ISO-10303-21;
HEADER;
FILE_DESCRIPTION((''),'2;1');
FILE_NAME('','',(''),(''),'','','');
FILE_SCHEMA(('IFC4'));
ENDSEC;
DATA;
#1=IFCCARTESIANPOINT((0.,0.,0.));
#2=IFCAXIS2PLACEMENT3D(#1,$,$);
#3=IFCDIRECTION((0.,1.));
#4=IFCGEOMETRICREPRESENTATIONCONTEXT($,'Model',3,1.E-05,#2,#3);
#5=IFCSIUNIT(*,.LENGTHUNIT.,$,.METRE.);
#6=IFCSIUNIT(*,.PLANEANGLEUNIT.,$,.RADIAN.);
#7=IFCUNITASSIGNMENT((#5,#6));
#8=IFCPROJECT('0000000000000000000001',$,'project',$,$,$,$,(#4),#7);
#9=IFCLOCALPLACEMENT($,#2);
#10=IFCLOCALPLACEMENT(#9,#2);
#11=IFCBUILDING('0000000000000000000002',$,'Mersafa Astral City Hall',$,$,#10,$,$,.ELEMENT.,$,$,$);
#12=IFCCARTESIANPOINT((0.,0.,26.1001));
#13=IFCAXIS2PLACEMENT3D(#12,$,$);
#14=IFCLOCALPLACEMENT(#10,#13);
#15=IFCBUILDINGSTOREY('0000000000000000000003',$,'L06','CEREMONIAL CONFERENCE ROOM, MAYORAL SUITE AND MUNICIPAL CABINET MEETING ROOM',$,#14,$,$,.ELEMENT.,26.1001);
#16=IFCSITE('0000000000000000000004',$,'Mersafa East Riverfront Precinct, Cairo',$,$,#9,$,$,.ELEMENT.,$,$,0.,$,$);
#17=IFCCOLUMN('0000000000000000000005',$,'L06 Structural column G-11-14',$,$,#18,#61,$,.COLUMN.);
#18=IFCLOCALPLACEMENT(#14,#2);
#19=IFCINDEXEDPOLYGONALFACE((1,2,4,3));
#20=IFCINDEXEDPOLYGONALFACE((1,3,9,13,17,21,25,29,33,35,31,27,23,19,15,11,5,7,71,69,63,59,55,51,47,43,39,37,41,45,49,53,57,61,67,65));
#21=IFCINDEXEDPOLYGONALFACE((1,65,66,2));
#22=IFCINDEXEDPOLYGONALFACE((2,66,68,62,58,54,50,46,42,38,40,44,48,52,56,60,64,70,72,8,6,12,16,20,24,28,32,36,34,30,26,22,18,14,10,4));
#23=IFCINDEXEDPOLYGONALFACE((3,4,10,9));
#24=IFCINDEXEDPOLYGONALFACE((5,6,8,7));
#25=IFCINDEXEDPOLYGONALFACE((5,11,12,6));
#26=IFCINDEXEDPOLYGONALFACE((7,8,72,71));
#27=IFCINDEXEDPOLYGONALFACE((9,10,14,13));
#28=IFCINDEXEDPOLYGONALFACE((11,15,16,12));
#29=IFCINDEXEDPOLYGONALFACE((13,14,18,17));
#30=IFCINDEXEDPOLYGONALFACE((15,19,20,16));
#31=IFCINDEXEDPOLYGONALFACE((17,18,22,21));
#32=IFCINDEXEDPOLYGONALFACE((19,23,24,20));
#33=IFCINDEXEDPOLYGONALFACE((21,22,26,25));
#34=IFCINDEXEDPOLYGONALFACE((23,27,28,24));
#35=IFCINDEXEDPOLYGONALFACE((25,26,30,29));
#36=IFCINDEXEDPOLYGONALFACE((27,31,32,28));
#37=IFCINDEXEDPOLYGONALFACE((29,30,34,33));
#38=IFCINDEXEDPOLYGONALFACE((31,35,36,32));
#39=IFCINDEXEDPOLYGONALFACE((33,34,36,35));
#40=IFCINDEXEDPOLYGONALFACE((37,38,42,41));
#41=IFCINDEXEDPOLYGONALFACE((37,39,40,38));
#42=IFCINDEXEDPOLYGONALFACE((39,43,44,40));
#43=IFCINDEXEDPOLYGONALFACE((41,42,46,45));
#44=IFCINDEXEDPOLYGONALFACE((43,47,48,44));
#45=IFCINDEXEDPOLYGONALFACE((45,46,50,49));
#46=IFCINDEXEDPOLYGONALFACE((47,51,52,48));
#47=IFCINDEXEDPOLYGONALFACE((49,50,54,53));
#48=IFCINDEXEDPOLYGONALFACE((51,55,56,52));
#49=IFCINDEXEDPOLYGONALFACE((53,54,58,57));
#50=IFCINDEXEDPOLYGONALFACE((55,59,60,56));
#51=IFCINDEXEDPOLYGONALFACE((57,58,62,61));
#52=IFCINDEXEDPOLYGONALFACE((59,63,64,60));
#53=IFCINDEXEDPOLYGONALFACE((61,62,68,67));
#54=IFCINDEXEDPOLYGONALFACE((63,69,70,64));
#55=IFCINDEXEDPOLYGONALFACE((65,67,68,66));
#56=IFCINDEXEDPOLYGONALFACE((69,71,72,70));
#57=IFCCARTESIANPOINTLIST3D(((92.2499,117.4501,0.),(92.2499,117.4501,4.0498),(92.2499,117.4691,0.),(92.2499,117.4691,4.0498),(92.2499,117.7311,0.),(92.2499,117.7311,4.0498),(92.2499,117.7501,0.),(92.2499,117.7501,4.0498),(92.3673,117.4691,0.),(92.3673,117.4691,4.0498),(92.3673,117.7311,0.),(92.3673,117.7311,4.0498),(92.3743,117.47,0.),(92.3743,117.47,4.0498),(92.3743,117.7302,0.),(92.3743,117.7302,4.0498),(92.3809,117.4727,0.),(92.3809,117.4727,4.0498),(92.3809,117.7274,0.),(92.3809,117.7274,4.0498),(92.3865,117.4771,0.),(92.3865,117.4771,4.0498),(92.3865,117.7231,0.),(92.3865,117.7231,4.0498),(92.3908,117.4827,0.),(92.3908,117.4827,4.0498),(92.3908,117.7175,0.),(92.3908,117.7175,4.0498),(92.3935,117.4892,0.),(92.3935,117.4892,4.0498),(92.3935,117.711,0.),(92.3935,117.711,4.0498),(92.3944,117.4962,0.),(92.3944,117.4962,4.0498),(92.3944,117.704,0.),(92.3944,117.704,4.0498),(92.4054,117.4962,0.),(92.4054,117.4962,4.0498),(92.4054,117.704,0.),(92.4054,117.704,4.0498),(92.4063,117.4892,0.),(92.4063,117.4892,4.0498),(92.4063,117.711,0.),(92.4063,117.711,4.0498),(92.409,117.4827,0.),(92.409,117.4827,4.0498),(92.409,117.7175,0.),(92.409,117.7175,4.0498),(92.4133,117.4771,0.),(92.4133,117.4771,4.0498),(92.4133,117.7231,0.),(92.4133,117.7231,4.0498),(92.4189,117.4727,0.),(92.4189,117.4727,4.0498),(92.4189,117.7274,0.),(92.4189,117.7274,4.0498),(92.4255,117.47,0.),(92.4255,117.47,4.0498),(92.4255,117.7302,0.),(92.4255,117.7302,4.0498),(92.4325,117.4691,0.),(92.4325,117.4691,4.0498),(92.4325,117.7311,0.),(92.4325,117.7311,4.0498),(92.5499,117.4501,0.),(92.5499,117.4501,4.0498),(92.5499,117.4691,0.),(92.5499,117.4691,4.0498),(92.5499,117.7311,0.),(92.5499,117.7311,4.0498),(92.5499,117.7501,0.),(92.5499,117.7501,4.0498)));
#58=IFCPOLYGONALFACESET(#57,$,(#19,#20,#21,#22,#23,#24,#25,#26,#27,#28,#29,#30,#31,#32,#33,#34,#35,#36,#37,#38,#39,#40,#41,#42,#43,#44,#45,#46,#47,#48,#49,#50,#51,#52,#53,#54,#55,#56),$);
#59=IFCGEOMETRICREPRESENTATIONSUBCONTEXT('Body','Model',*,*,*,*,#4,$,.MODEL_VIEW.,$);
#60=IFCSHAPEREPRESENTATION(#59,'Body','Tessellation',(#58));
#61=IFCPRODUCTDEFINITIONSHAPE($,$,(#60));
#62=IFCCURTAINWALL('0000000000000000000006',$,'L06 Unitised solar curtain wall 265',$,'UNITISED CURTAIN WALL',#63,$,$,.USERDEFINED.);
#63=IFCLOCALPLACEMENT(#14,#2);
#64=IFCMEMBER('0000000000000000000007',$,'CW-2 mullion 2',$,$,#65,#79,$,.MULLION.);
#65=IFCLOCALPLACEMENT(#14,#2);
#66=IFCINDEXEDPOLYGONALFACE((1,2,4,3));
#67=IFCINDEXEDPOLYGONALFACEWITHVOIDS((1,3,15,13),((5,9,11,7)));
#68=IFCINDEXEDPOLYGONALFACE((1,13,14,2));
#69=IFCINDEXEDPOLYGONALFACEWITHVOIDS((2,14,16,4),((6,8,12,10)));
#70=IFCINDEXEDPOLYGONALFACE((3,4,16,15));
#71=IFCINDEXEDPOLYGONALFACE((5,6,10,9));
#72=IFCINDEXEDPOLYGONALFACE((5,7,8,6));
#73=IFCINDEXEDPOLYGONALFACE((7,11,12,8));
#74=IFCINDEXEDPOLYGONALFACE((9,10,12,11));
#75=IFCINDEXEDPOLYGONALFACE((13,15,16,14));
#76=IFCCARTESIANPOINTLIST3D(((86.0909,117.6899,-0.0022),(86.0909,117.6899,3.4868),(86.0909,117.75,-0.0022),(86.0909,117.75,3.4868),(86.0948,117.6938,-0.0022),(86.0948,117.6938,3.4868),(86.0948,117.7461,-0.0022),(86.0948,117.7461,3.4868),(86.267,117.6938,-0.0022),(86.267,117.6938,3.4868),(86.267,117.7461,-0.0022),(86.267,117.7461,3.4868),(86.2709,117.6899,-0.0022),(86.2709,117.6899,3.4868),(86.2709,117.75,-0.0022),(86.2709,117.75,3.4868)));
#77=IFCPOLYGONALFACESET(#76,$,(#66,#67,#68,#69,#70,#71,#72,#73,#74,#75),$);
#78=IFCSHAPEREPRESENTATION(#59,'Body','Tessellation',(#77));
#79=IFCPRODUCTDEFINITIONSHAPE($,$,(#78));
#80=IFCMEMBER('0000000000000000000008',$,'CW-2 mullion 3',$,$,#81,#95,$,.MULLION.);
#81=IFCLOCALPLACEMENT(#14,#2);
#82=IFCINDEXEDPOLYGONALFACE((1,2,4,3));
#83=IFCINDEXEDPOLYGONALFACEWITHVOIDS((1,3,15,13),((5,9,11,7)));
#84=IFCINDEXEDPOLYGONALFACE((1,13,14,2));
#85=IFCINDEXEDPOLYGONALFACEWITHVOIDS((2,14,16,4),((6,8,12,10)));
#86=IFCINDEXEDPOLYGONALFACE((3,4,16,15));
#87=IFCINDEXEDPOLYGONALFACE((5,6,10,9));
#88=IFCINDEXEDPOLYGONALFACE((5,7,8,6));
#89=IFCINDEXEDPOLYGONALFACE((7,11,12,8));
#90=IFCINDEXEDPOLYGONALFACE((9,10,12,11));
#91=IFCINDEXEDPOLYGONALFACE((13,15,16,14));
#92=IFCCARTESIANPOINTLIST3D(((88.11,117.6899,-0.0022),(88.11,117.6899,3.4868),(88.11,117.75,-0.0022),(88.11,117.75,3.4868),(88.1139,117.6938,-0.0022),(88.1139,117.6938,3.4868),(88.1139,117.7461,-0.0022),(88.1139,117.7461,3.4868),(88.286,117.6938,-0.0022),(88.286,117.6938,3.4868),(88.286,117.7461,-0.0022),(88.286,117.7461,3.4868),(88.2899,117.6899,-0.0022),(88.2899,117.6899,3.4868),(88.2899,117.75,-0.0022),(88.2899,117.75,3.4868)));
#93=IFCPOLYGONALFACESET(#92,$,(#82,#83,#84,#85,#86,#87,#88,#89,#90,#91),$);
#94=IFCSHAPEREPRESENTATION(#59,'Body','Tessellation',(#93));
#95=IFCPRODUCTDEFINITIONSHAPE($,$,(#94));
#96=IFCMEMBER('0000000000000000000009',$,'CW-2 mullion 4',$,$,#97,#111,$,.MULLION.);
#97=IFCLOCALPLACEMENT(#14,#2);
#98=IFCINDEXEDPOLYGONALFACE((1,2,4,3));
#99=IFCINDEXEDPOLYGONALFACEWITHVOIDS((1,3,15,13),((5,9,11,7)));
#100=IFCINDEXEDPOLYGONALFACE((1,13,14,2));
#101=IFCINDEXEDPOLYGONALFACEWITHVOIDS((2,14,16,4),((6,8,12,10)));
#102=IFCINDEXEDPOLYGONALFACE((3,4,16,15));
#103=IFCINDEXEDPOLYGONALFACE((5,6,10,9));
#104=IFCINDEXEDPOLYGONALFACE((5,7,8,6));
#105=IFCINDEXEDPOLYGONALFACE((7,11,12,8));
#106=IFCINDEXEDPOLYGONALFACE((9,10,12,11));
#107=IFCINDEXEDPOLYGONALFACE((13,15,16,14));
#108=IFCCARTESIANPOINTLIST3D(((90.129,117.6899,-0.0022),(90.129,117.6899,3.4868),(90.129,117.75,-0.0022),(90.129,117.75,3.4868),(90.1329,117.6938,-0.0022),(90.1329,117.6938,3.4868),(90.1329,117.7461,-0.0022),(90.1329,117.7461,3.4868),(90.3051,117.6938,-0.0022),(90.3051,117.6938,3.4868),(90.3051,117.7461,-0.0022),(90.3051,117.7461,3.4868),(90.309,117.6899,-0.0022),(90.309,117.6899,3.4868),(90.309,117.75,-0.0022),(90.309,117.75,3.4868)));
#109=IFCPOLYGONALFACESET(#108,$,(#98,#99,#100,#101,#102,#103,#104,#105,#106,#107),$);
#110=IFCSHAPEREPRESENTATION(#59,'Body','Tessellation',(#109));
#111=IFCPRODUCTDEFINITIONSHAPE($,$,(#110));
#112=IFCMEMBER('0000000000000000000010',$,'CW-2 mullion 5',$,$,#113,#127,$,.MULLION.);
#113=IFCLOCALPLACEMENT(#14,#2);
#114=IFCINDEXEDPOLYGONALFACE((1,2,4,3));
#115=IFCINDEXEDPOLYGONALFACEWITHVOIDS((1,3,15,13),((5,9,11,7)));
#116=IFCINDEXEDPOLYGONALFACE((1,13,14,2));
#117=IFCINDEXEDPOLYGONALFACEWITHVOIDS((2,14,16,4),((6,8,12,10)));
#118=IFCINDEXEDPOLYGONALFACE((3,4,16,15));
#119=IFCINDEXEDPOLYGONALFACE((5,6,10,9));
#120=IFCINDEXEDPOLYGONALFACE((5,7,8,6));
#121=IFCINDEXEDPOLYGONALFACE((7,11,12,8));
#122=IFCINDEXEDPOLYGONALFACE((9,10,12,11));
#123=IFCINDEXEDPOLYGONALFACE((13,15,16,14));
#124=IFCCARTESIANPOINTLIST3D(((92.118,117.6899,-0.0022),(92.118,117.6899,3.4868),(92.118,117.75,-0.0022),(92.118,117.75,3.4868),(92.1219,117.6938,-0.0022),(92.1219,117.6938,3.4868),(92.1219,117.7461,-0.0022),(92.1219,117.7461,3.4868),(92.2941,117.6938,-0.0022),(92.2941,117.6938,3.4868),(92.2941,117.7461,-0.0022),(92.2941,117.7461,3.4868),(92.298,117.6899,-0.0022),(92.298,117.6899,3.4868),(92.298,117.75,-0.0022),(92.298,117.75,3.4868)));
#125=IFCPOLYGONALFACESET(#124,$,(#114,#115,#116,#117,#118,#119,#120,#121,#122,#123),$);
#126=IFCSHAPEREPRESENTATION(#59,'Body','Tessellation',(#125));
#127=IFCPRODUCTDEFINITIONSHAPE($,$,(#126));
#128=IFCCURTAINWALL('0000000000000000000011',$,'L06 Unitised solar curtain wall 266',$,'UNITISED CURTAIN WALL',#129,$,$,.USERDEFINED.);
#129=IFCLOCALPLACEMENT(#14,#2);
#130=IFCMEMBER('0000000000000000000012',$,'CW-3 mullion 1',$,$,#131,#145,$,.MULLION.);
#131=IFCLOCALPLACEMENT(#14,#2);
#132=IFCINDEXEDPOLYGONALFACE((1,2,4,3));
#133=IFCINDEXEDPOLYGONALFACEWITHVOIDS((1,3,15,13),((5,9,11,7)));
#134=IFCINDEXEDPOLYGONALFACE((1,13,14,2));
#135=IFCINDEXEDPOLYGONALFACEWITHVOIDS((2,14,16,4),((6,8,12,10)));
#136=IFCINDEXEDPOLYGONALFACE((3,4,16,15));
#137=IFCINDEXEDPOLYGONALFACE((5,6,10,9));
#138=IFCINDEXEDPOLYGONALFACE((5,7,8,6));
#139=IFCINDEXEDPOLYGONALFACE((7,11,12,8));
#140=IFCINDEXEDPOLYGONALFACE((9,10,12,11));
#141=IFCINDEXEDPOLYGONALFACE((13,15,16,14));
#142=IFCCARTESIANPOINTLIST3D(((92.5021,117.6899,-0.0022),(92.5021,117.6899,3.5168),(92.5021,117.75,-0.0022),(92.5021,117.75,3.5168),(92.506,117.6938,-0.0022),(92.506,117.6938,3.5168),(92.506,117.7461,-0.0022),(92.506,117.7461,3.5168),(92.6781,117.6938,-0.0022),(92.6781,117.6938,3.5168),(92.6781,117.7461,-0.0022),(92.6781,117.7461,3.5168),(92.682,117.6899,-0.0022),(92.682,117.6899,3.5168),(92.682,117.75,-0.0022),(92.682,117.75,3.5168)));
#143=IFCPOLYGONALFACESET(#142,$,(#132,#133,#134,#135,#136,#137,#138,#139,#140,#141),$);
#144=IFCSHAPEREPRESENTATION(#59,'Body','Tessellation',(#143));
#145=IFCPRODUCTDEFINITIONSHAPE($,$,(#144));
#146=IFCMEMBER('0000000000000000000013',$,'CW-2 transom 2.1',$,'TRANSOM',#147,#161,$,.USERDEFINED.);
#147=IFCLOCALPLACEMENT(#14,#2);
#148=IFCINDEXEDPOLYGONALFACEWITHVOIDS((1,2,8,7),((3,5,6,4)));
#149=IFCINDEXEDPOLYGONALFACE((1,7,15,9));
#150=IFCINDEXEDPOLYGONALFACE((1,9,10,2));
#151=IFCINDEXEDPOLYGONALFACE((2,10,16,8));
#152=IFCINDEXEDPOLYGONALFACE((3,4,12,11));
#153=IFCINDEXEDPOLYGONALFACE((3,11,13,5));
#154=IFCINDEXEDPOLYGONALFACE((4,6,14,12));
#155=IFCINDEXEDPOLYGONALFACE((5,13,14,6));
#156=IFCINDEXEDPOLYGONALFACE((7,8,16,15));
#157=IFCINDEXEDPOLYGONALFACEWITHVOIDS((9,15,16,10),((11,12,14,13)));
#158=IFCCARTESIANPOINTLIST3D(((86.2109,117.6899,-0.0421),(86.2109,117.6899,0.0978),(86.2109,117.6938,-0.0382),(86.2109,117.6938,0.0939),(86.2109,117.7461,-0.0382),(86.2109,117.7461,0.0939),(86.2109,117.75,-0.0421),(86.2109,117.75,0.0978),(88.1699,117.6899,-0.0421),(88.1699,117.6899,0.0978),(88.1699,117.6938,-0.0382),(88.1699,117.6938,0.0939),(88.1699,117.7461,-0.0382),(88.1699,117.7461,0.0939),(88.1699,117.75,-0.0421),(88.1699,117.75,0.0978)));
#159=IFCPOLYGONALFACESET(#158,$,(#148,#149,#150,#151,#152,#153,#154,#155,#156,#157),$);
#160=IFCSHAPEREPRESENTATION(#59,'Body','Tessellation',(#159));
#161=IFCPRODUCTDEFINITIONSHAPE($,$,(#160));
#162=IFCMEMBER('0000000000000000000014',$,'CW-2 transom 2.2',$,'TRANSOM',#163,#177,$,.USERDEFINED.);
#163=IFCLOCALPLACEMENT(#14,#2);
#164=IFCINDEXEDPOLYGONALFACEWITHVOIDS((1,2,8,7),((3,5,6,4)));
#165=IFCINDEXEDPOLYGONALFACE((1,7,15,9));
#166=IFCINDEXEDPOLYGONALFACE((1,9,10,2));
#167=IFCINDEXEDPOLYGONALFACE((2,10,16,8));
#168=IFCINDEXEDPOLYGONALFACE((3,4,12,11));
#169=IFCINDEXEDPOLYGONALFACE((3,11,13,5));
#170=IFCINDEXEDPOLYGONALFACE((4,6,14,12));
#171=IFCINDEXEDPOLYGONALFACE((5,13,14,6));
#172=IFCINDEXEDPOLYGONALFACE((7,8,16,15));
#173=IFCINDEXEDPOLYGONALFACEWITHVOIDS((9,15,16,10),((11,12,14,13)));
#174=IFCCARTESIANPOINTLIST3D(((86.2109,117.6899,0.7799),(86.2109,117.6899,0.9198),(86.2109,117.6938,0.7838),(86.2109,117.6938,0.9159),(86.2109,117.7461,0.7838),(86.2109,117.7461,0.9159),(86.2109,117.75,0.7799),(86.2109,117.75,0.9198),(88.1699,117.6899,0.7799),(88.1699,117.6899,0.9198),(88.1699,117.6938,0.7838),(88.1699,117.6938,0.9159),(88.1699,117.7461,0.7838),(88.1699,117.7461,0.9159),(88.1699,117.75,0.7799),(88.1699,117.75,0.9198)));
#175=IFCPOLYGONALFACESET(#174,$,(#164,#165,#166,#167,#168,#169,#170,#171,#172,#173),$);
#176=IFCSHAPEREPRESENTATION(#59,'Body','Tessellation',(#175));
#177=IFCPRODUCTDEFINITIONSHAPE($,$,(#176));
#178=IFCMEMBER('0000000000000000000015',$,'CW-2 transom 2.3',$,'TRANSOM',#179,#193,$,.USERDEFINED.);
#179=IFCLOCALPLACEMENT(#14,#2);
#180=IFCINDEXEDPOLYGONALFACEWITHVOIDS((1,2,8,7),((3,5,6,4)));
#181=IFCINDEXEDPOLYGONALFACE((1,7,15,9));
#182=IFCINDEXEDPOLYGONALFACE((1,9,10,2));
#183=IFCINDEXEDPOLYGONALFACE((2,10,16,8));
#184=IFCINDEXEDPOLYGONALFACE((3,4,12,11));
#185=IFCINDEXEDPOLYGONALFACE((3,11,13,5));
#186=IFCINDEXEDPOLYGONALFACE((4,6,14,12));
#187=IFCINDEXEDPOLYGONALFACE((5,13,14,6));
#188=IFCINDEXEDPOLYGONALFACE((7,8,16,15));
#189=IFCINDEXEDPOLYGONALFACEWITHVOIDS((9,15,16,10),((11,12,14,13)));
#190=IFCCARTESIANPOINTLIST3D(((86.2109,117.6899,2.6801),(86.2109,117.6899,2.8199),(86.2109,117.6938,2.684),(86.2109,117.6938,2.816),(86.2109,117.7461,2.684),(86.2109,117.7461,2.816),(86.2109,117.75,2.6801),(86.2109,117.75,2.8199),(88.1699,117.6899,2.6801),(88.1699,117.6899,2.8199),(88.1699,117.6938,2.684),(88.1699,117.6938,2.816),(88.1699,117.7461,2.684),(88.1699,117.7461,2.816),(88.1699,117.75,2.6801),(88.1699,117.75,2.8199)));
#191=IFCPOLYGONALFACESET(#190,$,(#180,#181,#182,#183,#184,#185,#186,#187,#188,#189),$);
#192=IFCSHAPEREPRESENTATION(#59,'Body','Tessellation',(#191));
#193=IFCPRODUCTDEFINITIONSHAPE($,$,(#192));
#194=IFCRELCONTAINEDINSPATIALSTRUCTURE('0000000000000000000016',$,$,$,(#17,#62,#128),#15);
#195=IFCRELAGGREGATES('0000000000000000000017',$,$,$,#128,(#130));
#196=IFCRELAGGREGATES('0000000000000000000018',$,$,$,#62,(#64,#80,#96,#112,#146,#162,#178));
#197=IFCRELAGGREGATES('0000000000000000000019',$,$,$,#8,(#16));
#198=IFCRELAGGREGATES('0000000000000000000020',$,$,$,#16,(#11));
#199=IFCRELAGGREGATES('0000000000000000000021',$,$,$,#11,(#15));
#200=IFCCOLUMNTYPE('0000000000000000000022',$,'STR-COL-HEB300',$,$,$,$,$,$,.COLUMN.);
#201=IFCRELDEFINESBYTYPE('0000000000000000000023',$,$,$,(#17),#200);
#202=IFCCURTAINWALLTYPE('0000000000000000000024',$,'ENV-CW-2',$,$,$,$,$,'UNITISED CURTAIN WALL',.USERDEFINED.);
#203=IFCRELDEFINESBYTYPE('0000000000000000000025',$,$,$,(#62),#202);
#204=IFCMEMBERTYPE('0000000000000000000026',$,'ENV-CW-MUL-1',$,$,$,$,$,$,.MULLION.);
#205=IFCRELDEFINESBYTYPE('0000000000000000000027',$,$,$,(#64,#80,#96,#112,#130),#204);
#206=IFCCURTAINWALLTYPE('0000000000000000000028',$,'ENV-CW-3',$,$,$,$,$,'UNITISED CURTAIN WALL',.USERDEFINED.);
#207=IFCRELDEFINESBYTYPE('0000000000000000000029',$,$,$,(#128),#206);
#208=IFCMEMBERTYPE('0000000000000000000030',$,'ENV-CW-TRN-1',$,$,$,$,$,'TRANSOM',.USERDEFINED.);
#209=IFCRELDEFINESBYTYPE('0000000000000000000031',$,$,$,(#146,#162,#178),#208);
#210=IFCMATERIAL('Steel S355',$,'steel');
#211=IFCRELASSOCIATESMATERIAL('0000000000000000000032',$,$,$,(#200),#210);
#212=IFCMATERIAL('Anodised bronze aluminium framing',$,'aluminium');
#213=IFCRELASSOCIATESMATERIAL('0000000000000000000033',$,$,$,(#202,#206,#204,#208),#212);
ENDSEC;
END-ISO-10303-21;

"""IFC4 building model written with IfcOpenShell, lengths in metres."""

from ifc_helpers import new_model, si_unit, direction, frame, origin, origin_2d, place, context, subcontext, project, spatial, hollow_rectangle, i_section, extrude, material, material_profile, profile_set, type_object, element, aggregate, save


model = new_model("IFC4")

# Units and contexts
model_context = context("Model", 3, precision=1e-05, world=origin(), true_north=direction((0.0, 1.0)))
body_context = subcontext(model_context, "Body", "Model", "MODEL_VIEW")
ifc_project = project(units=[si_unit("LENGTHUNIT", "METRE"), si_unit("PLANEANGLEUNIT", "RADIAN")], contexts=[model_context])

# Site, building, storey
site_placement = place(None, origin())
site = spatial("IfcSite", under=ifc_project, at=site_placement, Name="Mersafa East Riverfront Precinct, Cairo", CompositionType="ELEMENT", RefElevation=0.0)
building_placement = place(site_placement, origin())
building = spatial("IfcBuilding", under=site, at=building_placement, Name="Mersafa Astral City Hall", CompositionType="ELEMENT")
storey_placement = place(building_placement, frame((0.0, 0.0, 26.1001)))
storey = spatial("IfcBuildingStorey", under=building, at=storey_placement, Name="L06", Description="CEREMONIAL CONFERENCE ROOM, MAYORAL SUITE AND MUNICIPAL CABINET MEETING ROOM", CompositionType="ELEMENT", Elevation=26.1001)

# Column
ifc_material_1 = material(Name="Steel S355", Category="steel")
ifc_material_profile_1 = material_profile(ifc_material_1, i_section(OverallWidth=0.3, OverallDepth=0.3, WebThickness=0.011, FlangeThickness=0.019, FilletRadius=0.0271, at=origin_2d()), Name="HEB 300")
ifc_profile_set_1 = profile_set([ifc_material_profile_1], Name="Steel S355")
column_type = type_object("IfcColumnType", Name="STR-COL-HEB300", PredefinedType="COLUMN", material=ifc_profile_set_1)
column_placement = place(storey_placement, frame((92.3999, 117.6001, 0.0), z_axis=(0.0, 0.0, 1.0), x_axis=(1.0, 0.0, 0.0)))
element("IfcColumn", 1, at=column_placement, inside=storey, type_object=column_type, Name="L06 Structural column G-11-14", PredefinedType="COLUMN", context=body_context, shape_type="SweptSolid", body=[
    extrude(i_section(OverallWidth=0.3, OverallDepth=0.3, WebThickness=0.011, FlangeThickness=0.019, FilletRadius=0.0271, at=origin_2d()), origin(), (0.0, 0.0, 1.0), 4.0498),
])

# Curtain wall, members
ifc_material_2 = material(Name="Anodised bronze aluminium framing", Category="aluminium")
curtain_wall_type_1 = type_object("IfcCurtainWallType", Name="ENV-CW-2", ElementType="UNITISED CURTAIN WALL", PredefinedType="USERDEFINED", material=ifc_material_2)
curtain_wall_1_placement = place(storey_placement, origin())
curtain_wall_1 = element("IfcCurtainWall", 2, at=curtain_wall_1_placement, inside=storey, type_object=curtain_wall_type_1, Name="L06 Unitised solar curtain wall 265", ObjectType="UNITISED CURTAIN WALL", PredefinedType="USERDEFINED")
ifc_material_profile_2 = material_profile(ifc_material_2, hollow_rectangle(XDim=0.0601, YDim=0.1799, WallThickness=0.0039, at=origin_2d()), Name="RHS 60x180x4")
ifc_profile_set_2 = profile_set([ifc_material_profile_2], Name="Anodised bronze aluminium framing")
member_type_1 = type_object("IfcMemberType", Name="ENV-CW-MUL-1", PredefinedType="MULLION", material=ifc_profile_set_2)
member_1_placement = place(storey_placement, frame((86.1809, 117.72, -0.0022), z_axis=(0.0, 0.0, 1.0), x_axis=(0.0, 1.0, 0.0)))
member_1 = element("IfcMember", 3, at=member_1_placement, type_object=member_type_1, Name="CW-2 mullion 2", PredefinedType="MULLION", context=body_context, shape_type="SweptSolid", body=[
    extrude(hollow_rectangle(XDim=0.0601, YDim=0.1799, WallThickness=0.0039, at=origin_2d()), origin(), (0.0, 0.0, 1.0), 3.489),
])
member_2_placement = place(storey_placement, frame((88.2, 117.72, -0.0022), z_axis=(0.0, 0.0, 1.0), x_axis=(0.0, 1.0, 0.0)))
member_2 = element("IfcMember", 4, at=member_2_placement, type_object=member_type_1, Name="CW-2 mullion 3", PredefinedType="MULLION", context=body_context, shape_type="SweptSolid", body=[
    extrude(hollow_rectangle(XDim=0.0601, YDim=0.1799, WallThickness=0.0039, at=origin_2d()), origin(), (0.0, 0.0, 1.0), 3.489),
])
member_3_placement = place(storey_placement, frame((90.219, 117.72, -0.0022), z_axis=(0.0, 0.0, 1.0), x_axis=(0.0, 1.0, 0.0)))
member_3 = element("IfcMember", 5, at=member_3_placement, type_object=member_type_1, Name="CW-2 mullion 4", PredefinedType="MULLION", context=body_context, shape_type="SweptSolid", body=[
    extrude(hollow_rectangle(XDim=0.0601, YDim=0.1799, WallThickness=0.0039, at=origin_2d()), origin(), (0.0, 0.0, 1.0), 3.489),
])
member_4_placement = place(storey_placement, frame((92.208, 117.72, -0.0022), z_axis=(0.0, 0.0, 1.0), x_axis=(0.0, 1.0, 0.0)))
member_4 = element("IfcMember", 6, at=member_4_placement, type_object=member_type_1, Name="CW-2 mullion 5", PredefinedType="MULLION", context=body_context, shape_type="SweptSolid", body=[
    extrude(hollow_rectangle(XDim=0.0601, YDim=0.1799, WallThickness=0.0039, at=origin_2d()), origin(), (0.0, 0.0, 1.0), 3.489),
])

# Curtain wall, member
curtain_wall_type_2 = type_object("IfcCurtainWallType", Name="ENV-CW-3", ElementType="UNITISED CURTAIN WALL", PredefinedType="USERDEFINED", material=ifc_material_2)
curtain_wall_2_placement = place(storey_placement, origin())
curtain_wall_2 = element("IfcCurtainWall", 7, at=curtain_wall_2_placement, inside=storey, type_object=curtain_wall_type_2, Name="L06 Unitised solar curtain wall 266", ObjectType="UNITISED CURTAIN WALL", PredefinedType="USERDEFINED")
member_5_placement = place(storey_placement, frame((92.592, 117.72, -0.0022), z_axis=(0.0, 0.0, 1.0), x_axis=(0.0, 1.0, 0.0)))
member_5 = element("IfcMember", 8, at=member_5_placement, type_object=member_type_1, Name="CW-3 mullion 1", PredefinedType="MULLION", context=body_context, shape_type="SweptSolid", body=[
    extrude(hollow_rectangle(XDim=0.0601, YDim=0.1799, WallThickness=0.0039, at=origin_2d()), origin(), (0.0, 0.0, 1.0), 3.519),
])

# Members
ifc_material_profile_3 = material_profile(ifc_material_2, hollow_rectangle(XDim=0.0601, YDim=0.1399, WallThickness=0.0039, at=origin_2d()), Name="RHS 60x140x4")
ifc_profile_set_3 = profile_set([ifc_material_profile_3], Name="Anodised bronze aluminium framing")
member_type_2 = type_object("IfcMemberType", Name="ENV-CW-TRN-1", ElementType="TRANSOM", PredefinedType="USERDEFINED", material=ifc_profile_set_3)
member_6_placement = place(storey_placement, frame((86.2109, 117.72, 0.0278), z_axis=(1.0, 0.0, 0.0), x_axis=(0.0, 1.0, 0.0)))
member_6 = element("IfcMember", 9, at=member_6_placement, type_object=member_type_2, Name="CW-2 transom 2.1", ObjectType="TRANSOM", PredefinedType="USERDEFINED", context=body_context, shape_type="SweptSolid", body=[
    extrude(hollow_rectangle(XDim=0.0601, YDim=0.1399, WallThickness=0.0039, at=origin_2d()), origin(), (0.0, 0.0, 1.0), 1.959),
])
member_7_placement = place(storey_placement, frame((86.2109, 117.72, 0.8499), z_axis=(1.0, 0.0, 0.0), x_axis=(0.0, 1.0, 0.0)))
member_7 = element("IfcMember", 10, at=member_7_placement, type_object=member_type_2, Name="CW-2 transom 2.2", ObjectType="TRANSOM", PredefinedType="USERDEFINED", context=body_context, shape_type="SweptSolid", body=[
    extrude(hollow_rectangle(XDim=0.0601, YDim=0.1399, WallThickness=0.0039, at=origin_2d()), origin(), (0.0, 0.0, 1.0), 1.959),
])
member_8_placement = place(storey_placement, frame((86.2109, 117.72, 2.75), z_axis=(1.0, 0.0, 0.0), x_axis=(0.0, 1.0, 0.0)))
member_8 = element("IfcMember", 11, at=member_8_placement, type_object=member_type_2, Name="CW-2 transom 2.3", ObjectType="TRANSOM", PredefinedType="USERDEFINED", context=body_context, shape_type="SweptSolid", body=[
    extrude(hollow_rectangle(XDim=0.0601, YDim=0.1399, WallThickness=0.0039, at=origin_2d()), origin(), (0.0, 0.0, 1.0), 1.959),
])
aggregate(curtain_wall_2, [member_5])

aggregate(curtain_wall_1, [member_1, member_2, member_3, member_4, member_6, member_7, member_8])

save(model, "model.ifc")
